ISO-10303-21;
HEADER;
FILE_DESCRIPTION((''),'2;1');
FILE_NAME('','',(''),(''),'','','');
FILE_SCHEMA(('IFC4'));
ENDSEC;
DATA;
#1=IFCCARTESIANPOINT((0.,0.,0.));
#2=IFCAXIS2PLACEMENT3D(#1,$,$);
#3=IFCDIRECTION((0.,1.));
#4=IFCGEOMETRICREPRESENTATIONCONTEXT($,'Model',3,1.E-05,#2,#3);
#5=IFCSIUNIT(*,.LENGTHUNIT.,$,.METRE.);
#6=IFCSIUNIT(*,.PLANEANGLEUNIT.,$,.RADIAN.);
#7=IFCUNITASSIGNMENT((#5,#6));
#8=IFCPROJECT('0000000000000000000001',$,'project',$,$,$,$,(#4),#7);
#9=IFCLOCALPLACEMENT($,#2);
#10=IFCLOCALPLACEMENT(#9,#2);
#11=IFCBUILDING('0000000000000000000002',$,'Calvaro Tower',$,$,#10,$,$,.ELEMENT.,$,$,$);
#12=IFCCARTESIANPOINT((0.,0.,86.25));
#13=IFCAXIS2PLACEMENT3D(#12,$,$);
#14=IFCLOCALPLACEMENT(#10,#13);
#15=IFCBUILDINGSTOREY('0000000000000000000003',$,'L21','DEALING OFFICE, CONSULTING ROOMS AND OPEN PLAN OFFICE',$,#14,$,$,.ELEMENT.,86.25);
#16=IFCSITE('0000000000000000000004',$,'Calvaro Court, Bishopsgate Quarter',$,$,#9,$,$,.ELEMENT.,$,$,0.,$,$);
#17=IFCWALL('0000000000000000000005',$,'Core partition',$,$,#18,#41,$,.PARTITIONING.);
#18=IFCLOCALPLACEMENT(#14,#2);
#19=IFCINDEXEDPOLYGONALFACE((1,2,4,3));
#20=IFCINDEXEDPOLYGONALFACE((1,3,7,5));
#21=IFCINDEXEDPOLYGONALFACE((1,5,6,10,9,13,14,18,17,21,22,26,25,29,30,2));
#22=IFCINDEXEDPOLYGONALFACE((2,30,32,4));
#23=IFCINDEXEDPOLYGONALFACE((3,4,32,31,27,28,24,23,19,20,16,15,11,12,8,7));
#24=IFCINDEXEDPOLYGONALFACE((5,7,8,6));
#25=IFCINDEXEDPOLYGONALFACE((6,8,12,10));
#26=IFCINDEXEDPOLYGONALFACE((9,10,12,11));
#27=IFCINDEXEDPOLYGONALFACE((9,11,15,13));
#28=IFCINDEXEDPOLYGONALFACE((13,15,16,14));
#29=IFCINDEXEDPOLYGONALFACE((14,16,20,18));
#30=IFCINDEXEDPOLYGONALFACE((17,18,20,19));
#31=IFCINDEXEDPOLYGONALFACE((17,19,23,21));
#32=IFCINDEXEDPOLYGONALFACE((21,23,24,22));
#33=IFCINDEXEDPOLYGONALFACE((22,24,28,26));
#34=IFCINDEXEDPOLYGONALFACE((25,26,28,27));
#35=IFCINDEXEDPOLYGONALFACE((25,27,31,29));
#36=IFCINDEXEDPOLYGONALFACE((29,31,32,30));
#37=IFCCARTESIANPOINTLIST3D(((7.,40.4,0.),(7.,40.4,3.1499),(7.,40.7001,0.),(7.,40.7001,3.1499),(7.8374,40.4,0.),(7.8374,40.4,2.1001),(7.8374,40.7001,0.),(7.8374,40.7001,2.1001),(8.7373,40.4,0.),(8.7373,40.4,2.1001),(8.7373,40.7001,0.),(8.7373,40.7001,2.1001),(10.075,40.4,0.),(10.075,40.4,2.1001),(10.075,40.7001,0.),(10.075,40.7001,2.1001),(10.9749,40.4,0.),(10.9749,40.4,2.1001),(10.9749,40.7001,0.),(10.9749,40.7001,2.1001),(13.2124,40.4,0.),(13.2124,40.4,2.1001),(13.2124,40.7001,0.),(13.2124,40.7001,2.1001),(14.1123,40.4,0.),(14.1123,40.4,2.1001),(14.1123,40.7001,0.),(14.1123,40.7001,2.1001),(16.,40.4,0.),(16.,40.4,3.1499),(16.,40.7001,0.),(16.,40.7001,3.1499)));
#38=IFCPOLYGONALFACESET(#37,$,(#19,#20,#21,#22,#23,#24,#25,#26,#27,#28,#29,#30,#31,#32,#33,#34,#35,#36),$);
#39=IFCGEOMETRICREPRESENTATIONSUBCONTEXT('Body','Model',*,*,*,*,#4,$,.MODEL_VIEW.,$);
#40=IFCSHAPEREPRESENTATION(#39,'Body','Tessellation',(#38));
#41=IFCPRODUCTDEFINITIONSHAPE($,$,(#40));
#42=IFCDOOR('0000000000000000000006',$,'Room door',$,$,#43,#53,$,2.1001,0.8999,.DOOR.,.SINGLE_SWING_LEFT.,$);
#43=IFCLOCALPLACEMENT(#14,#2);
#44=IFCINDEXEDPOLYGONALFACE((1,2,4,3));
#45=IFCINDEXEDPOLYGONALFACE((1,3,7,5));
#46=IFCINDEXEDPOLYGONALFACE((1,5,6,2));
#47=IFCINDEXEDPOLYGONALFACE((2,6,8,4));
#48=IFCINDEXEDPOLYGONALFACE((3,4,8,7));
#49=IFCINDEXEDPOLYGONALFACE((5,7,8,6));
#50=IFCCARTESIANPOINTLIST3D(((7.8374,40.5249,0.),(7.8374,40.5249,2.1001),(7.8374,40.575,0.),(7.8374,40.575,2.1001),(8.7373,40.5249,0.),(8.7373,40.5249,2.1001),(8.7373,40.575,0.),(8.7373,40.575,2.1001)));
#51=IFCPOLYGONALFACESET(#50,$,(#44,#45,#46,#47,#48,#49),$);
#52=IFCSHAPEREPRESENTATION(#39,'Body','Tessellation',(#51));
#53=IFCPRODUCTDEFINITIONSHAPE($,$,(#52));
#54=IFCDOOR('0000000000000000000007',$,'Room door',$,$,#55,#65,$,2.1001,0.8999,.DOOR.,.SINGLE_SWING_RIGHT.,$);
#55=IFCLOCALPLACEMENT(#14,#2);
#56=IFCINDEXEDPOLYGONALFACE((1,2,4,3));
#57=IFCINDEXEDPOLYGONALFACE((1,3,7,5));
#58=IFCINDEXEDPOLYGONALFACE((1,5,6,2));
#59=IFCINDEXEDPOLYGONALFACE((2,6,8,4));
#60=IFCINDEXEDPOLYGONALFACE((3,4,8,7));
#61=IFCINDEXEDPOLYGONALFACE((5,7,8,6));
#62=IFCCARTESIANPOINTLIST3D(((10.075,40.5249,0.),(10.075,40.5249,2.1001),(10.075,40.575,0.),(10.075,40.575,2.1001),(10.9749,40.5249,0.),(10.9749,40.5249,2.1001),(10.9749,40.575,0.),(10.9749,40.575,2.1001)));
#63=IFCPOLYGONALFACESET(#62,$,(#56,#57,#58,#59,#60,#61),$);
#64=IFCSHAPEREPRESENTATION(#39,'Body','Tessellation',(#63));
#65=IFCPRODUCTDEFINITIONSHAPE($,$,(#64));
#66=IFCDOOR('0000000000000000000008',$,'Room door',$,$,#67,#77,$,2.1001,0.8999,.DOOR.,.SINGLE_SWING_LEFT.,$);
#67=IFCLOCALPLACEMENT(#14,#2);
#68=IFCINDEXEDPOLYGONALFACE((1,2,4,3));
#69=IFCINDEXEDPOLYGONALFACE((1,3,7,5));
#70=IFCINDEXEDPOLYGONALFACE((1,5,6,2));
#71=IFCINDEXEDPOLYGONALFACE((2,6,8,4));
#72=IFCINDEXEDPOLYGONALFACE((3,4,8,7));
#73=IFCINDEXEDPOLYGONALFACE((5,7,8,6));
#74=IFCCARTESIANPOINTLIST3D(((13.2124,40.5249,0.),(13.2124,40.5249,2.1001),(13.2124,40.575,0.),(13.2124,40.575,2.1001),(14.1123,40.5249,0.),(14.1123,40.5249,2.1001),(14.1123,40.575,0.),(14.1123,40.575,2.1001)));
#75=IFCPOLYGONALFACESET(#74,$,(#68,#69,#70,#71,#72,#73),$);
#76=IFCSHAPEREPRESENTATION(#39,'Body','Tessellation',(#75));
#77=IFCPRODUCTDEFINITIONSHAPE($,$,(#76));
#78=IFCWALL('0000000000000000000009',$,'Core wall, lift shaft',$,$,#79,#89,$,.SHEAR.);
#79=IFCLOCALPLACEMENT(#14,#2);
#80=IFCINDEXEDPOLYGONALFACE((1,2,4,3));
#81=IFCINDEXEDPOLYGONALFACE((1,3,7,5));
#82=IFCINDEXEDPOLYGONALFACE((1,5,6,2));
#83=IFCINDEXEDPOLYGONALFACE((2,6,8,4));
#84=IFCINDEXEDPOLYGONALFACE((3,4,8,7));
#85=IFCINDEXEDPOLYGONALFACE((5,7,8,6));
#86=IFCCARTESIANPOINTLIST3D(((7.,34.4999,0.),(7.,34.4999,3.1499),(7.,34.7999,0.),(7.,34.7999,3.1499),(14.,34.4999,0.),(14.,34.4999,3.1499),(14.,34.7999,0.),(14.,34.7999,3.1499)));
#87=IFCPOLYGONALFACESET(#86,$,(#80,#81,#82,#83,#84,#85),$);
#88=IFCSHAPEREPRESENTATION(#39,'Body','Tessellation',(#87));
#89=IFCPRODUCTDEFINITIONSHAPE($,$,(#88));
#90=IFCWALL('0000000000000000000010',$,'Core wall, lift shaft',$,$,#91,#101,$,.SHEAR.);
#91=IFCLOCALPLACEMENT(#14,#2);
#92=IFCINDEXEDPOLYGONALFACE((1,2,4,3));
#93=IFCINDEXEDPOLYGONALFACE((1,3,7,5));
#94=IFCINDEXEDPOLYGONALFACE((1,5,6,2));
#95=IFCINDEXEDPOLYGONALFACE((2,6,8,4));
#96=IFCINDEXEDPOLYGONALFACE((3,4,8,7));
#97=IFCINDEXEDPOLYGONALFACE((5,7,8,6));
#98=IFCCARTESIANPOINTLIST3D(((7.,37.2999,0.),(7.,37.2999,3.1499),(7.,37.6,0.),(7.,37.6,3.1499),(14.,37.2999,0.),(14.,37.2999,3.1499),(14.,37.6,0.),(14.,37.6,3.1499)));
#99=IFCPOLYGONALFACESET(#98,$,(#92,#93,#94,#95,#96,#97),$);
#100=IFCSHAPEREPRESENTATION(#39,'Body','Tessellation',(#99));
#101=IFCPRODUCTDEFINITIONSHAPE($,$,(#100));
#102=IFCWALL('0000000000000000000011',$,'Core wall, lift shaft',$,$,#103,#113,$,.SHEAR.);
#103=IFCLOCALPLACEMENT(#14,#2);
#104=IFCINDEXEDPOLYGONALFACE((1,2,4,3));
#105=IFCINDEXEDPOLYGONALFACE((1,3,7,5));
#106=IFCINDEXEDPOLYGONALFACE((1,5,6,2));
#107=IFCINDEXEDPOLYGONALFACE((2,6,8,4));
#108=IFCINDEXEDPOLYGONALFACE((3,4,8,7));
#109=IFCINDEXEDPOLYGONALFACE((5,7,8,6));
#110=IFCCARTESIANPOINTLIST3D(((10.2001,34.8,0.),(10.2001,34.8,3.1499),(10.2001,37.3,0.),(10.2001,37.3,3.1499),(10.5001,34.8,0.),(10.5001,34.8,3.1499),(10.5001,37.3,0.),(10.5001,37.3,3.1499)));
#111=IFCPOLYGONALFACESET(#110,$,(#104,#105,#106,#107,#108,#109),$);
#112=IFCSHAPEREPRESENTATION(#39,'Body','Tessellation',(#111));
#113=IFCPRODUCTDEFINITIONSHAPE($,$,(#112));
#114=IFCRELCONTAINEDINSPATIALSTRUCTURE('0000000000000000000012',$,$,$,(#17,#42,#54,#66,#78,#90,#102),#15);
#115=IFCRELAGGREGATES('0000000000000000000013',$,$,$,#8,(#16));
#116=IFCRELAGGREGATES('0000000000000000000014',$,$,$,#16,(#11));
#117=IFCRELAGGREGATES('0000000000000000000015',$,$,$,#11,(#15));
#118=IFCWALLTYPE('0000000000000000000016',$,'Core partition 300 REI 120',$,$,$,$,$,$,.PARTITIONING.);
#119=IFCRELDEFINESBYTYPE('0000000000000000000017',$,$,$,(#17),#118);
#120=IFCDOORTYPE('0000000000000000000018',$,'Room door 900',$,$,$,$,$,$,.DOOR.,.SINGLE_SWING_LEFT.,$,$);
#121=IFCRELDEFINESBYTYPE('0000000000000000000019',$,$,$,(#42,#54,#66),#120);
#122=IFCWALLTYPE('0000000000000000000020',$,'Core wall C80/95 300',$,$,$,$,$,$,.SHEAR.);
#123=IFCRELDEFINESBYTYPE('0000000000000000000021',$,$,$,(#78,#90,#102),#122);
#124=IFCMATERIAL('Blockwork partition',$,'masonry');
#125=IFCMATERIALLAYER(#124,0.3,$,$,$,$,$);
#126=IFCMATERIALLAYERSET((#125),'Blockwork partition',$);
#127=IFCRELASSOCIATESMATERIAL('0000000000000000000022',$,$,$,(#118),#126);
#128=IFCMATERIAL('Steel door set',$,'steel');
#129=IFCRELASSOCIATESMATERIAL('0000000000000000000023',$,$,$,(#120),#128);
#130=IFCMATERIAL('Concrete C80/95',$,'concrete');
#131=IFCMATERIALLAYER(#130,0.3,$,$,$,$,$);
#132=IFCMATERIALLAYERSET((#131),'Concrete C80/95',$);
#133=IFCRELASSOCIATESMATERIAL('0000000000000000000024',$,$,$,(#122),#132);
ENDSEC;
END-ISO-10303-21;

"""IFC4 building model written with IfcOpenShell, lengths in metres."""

from ifc_helpers import new_model, si_unit, direction, frame, frame_2d, origin, place, context, subcontext, project, spatial, rectangle, extrude, material, layer, layer_set, type_object, element, fill, save


model = new_model("IFC4")

# Units and contexts
model_context = context("Model", 3, precision=1e-05, world=origin(), true_north=direction((0.0, 1.0)))
body_context = subcontext(model_context, "Body", "Model", "MODEL_VIEW")
ifc_project = project(units=[si_unit("LENGTHUNIT", "METRE"), si_unit("PLANEANGLEUNIT", "RADIAN")], contexts=[model_context])

# Site, building, storey
site_placement = place(None, origin())
site = spatial("IfcSite", under=ifc_project, at=site_placement, Name="Calvaro Court, Bishopsgate Quarter", CompositionType="ELEMENT", RefElevation=0.0)
building_placement = place(site_placement, origin())
building = spatial("IfcBuilding", under=site, at=building_placement, Name="Calvaro Tower", CompositionType="ELEMENT")
storey_placement = place(building_placement, frame((0.0, 0.0, 86.25)))
storey = spatial("IfcBuildingStorey", under=building, at=storey_placement, Name="L21", Description="DEALING OFFICE, CONSULTING ROOMS AND OPEN PLAN OFFICE", CompositionType="ELEMENT", Elevation=86.25)

# Wall, openings, doors
ifc_material_1 = material(Name="Blockwork partition", Category="masonry")
ifc_layer_1 = layer(ifc_material_1, 0.3)
ifc_layer_set_1 = layer_set([ifc_layer_1], Name="Blockwork partition")
wall_type_1 = type_object("IfcWallType", Name="Core partition 300 REI 120", PredefinedType="PARTITIONING", material=ifc_layer_set_1)
wall_1_placement = place(storey_placement, frame((7.0, 40.55, 0.0), z_axis=(0.0, 0.0, 1.0), x_axis=(1.0, 0.0, 0.0)))
wall_1 = element("IfcWall", 1, at=wall_1_placement, inside=storey, type_object=wall_type_1, Name="Core partition", PredefinedType="PARTITIONING", context=body_context, shape_type="SweptSolid", body=[
    extrude(rectangle(XDim=9.0, YDim=0.3, at=frame_2d((4.5, 0.0))), origin(), (0.0, 0.0, 1.0), 3.1499),
])
opening_1_placement = place(wall_1_placement, frame((0.8374, 0.0, 0.0)))
opening_1 = element("IfcOpeningElement", 2, at=opening_1_placement, cuts=wall_1, PredefinedType="OPENING", context=body_context, shape_type="SweptSolid", body=[
    extrude(rectangle(XDim=0.8999, YDim=2.1001, at=frame_2d((0.45, 1.05))), frame((0.0, 0.1599, 0.0), z_axis=(0.0, -1.0, 0.0), x_axis=(1.0, 0.0, 0.0)), (0.0, 0.0, 1.0), 0.3201),
])
opening_2_placement = place(wall_1_placement, frame((3.075, 0.0, 0.0)))
opening_2 = element("IfcOpeningElement", 3, at=opening_2_placement, cuts=wall_1, PredefinedType="OPENING", context=body_context, shape_type="SweptSolid", body=[
    extrude(rectangle(XDim=0.8999, YDim=2.1001, at=frame_2d((0.45, 1.05))), frame((0.0, 0.1599, 0.0), z_axis=(0.0, -1.0, 0.0), x_axis=(1.0, 0.0, 0.0)), (0.0, 0.0, 1.0), 0.3201),
])
opening_3_placement = place(wall_1_placement, frame((6.2124, 0.0, 0.0)))
opening_3 = element("IfcOpeningElement", 4, at=opening_3_placement, cuts=wall_1, PredefinedType="OPENING", context=body_context, shape_type="SweptSolid", body=[
    extrude(rectangle(XDim=0.8999, YDim=2.1001, at=frame_2d((0.45, 1.05))), frame((0.0, 0.1599, 0.0), z_axis=(0.0, -1.0, 0.0), x_axis=(1.0, 0.0, 0.0)), (0.0, 0.0, 1.0), 0.3201),
])
ifc_material_2 = material(Name="Steel door set", Category="steel")
door_type = type_object("IfcDoorType", Name="Room door 900", OperationType="SINGLE_SWING_LEFT", PredefinedType="DOOR", material=ifc_material_2)
door_1_placement = place(opening_1_placement, origin())
door_1 = element("IfcDoor", 5, at=door_1_placement, inside=storey, type_object=door_type, Name="Room door", OperationType="SINGLE_SWING_LEFT", OverallHeight=2.1001, OverallWidth=0.8999, PredefinedType="DOOR", context=body_context, shape_type="SweptSolid", body=[
    extrude(rectangle(XDim=0.8999, YDim=2.1001, at=frame_2d((0.45, 1.05))), frame((0.0, 0.0249, 0.0), z_axis=(0.0, -1.0, 0.0), x_axis=(1.0, 0.0, 0.0)), (0.0, 0.0, 1.0), 0.05),
])
fill(opening_1, door_1)
door_2_placement = place(opening_2_placement, origin())
door_2 = element("IfcDoor", 6, at=door_2_placement, inside=storey, type_object=door_type, Name="Room door", OperationType="SINGLE_SWING_RIGHT", OverallHeight=2.1001, OverallWidth=0.8999, PredefinedType="DOOR", context=body_context, shape_type="SweptSolid", body=[
    extrude(rectangle(XDim=0.8999, YDim=2.1001, at=frame_2d((0.45, 1.05))), frame((0.0, 0.0249, 0.0), z_axis=(0.0, -1.0, 0.0), x_axis=(1.0, 0.0, 0.0)), (0.0, 0.0, 1.0), 0.05),
])
fill(opening_2, door_2)
door_3_placement = place(opening_3_placement, origin())
door_3 = element("IfcDoor", 7, at=door_3_placement, inside=storey, type_object=door_type, Name="Room door", OperationType="SINGLE_SWING_LEFT", OverallHeight=2.1001, OverallWidth=0.8999, PredefinedType="DOOR", context=body_context, shape_type="SweptSolid", body=[
    extrude(rectangle(XDim=0.8999, YDim=2.1001, at=frame_2d((0.45, 1.05))), frame((0.0, 0.0249, 0.0), z_axis=(0.0, -1.0, 0.0), x_axis=(1.0, 0.0, 0.0)), (0.0, 0.0, 1.0), 0.05),
])
fill(opening_3, door_3)

# Walls
ifc_material_3 = material(Name="Concrete C80/95", Category="concrete")
ifc_layer_2 = layer(ifc_material_3, 0.3)
ifc_layer_set_2 = layer_set([ifc_layer_2], Name="Concrete C80/95")
wall_type_2 = type_object("IfcWallType", Name="Core wall C80/95 300", PredefinedType="SHEAR", material=ifc_layer_set_2)
for number, where, z_axis, x_axis, name in (
    (8, (7.0, 34.6499, 0.0), (0.0, 0.0, 1.0), (1.0, 0.0, 0.0), "Core wall, lift shaft"),
    (9, (7.0, 37.45, 0.0), (0.0, 0.0, 1.0), (1.0, 0.0, 0.0), "Core wall, lift shaft"),
):
    element("IfcWall", number, at=place(storey_placement, frame(where, z_axis=z_axis, x_axis=x_axis)), inside=storey, type_object=wall_type_2, Name=name, PredefinedType="SHEAR", context=body_context, shape_type="SweptSolid", body=[
        extrude(rectangle(XDim=7.0, YDim=0.3, at=frame_2d((3.5, 0.0))), origin(), (0.0, 0.0, 1.0), 3.1499),
    ])
wall_2_placement = place(storey_placement, frame((10.3501, 34.8, 0.0), z_axis=(0.0, 0.0, 1.0), x_axis=(0.0, 1.0, 0.0)))
element("IfcWall", 10, at=wall_2_placement, inside=storey, type_object=wall_type_2, Name="Core wall, lift shaft", PredefinedType="SHEAR", context=body_context, shape_type="SweptSolid", body=[
    extrude(rectangle(XDim=2.5, YDim=0.3, at=frame_2d((1.25, 0.0))), origin(), (0.0, 0.0, 1.0), 3.1499),
])

save(model, "model.ifc")
